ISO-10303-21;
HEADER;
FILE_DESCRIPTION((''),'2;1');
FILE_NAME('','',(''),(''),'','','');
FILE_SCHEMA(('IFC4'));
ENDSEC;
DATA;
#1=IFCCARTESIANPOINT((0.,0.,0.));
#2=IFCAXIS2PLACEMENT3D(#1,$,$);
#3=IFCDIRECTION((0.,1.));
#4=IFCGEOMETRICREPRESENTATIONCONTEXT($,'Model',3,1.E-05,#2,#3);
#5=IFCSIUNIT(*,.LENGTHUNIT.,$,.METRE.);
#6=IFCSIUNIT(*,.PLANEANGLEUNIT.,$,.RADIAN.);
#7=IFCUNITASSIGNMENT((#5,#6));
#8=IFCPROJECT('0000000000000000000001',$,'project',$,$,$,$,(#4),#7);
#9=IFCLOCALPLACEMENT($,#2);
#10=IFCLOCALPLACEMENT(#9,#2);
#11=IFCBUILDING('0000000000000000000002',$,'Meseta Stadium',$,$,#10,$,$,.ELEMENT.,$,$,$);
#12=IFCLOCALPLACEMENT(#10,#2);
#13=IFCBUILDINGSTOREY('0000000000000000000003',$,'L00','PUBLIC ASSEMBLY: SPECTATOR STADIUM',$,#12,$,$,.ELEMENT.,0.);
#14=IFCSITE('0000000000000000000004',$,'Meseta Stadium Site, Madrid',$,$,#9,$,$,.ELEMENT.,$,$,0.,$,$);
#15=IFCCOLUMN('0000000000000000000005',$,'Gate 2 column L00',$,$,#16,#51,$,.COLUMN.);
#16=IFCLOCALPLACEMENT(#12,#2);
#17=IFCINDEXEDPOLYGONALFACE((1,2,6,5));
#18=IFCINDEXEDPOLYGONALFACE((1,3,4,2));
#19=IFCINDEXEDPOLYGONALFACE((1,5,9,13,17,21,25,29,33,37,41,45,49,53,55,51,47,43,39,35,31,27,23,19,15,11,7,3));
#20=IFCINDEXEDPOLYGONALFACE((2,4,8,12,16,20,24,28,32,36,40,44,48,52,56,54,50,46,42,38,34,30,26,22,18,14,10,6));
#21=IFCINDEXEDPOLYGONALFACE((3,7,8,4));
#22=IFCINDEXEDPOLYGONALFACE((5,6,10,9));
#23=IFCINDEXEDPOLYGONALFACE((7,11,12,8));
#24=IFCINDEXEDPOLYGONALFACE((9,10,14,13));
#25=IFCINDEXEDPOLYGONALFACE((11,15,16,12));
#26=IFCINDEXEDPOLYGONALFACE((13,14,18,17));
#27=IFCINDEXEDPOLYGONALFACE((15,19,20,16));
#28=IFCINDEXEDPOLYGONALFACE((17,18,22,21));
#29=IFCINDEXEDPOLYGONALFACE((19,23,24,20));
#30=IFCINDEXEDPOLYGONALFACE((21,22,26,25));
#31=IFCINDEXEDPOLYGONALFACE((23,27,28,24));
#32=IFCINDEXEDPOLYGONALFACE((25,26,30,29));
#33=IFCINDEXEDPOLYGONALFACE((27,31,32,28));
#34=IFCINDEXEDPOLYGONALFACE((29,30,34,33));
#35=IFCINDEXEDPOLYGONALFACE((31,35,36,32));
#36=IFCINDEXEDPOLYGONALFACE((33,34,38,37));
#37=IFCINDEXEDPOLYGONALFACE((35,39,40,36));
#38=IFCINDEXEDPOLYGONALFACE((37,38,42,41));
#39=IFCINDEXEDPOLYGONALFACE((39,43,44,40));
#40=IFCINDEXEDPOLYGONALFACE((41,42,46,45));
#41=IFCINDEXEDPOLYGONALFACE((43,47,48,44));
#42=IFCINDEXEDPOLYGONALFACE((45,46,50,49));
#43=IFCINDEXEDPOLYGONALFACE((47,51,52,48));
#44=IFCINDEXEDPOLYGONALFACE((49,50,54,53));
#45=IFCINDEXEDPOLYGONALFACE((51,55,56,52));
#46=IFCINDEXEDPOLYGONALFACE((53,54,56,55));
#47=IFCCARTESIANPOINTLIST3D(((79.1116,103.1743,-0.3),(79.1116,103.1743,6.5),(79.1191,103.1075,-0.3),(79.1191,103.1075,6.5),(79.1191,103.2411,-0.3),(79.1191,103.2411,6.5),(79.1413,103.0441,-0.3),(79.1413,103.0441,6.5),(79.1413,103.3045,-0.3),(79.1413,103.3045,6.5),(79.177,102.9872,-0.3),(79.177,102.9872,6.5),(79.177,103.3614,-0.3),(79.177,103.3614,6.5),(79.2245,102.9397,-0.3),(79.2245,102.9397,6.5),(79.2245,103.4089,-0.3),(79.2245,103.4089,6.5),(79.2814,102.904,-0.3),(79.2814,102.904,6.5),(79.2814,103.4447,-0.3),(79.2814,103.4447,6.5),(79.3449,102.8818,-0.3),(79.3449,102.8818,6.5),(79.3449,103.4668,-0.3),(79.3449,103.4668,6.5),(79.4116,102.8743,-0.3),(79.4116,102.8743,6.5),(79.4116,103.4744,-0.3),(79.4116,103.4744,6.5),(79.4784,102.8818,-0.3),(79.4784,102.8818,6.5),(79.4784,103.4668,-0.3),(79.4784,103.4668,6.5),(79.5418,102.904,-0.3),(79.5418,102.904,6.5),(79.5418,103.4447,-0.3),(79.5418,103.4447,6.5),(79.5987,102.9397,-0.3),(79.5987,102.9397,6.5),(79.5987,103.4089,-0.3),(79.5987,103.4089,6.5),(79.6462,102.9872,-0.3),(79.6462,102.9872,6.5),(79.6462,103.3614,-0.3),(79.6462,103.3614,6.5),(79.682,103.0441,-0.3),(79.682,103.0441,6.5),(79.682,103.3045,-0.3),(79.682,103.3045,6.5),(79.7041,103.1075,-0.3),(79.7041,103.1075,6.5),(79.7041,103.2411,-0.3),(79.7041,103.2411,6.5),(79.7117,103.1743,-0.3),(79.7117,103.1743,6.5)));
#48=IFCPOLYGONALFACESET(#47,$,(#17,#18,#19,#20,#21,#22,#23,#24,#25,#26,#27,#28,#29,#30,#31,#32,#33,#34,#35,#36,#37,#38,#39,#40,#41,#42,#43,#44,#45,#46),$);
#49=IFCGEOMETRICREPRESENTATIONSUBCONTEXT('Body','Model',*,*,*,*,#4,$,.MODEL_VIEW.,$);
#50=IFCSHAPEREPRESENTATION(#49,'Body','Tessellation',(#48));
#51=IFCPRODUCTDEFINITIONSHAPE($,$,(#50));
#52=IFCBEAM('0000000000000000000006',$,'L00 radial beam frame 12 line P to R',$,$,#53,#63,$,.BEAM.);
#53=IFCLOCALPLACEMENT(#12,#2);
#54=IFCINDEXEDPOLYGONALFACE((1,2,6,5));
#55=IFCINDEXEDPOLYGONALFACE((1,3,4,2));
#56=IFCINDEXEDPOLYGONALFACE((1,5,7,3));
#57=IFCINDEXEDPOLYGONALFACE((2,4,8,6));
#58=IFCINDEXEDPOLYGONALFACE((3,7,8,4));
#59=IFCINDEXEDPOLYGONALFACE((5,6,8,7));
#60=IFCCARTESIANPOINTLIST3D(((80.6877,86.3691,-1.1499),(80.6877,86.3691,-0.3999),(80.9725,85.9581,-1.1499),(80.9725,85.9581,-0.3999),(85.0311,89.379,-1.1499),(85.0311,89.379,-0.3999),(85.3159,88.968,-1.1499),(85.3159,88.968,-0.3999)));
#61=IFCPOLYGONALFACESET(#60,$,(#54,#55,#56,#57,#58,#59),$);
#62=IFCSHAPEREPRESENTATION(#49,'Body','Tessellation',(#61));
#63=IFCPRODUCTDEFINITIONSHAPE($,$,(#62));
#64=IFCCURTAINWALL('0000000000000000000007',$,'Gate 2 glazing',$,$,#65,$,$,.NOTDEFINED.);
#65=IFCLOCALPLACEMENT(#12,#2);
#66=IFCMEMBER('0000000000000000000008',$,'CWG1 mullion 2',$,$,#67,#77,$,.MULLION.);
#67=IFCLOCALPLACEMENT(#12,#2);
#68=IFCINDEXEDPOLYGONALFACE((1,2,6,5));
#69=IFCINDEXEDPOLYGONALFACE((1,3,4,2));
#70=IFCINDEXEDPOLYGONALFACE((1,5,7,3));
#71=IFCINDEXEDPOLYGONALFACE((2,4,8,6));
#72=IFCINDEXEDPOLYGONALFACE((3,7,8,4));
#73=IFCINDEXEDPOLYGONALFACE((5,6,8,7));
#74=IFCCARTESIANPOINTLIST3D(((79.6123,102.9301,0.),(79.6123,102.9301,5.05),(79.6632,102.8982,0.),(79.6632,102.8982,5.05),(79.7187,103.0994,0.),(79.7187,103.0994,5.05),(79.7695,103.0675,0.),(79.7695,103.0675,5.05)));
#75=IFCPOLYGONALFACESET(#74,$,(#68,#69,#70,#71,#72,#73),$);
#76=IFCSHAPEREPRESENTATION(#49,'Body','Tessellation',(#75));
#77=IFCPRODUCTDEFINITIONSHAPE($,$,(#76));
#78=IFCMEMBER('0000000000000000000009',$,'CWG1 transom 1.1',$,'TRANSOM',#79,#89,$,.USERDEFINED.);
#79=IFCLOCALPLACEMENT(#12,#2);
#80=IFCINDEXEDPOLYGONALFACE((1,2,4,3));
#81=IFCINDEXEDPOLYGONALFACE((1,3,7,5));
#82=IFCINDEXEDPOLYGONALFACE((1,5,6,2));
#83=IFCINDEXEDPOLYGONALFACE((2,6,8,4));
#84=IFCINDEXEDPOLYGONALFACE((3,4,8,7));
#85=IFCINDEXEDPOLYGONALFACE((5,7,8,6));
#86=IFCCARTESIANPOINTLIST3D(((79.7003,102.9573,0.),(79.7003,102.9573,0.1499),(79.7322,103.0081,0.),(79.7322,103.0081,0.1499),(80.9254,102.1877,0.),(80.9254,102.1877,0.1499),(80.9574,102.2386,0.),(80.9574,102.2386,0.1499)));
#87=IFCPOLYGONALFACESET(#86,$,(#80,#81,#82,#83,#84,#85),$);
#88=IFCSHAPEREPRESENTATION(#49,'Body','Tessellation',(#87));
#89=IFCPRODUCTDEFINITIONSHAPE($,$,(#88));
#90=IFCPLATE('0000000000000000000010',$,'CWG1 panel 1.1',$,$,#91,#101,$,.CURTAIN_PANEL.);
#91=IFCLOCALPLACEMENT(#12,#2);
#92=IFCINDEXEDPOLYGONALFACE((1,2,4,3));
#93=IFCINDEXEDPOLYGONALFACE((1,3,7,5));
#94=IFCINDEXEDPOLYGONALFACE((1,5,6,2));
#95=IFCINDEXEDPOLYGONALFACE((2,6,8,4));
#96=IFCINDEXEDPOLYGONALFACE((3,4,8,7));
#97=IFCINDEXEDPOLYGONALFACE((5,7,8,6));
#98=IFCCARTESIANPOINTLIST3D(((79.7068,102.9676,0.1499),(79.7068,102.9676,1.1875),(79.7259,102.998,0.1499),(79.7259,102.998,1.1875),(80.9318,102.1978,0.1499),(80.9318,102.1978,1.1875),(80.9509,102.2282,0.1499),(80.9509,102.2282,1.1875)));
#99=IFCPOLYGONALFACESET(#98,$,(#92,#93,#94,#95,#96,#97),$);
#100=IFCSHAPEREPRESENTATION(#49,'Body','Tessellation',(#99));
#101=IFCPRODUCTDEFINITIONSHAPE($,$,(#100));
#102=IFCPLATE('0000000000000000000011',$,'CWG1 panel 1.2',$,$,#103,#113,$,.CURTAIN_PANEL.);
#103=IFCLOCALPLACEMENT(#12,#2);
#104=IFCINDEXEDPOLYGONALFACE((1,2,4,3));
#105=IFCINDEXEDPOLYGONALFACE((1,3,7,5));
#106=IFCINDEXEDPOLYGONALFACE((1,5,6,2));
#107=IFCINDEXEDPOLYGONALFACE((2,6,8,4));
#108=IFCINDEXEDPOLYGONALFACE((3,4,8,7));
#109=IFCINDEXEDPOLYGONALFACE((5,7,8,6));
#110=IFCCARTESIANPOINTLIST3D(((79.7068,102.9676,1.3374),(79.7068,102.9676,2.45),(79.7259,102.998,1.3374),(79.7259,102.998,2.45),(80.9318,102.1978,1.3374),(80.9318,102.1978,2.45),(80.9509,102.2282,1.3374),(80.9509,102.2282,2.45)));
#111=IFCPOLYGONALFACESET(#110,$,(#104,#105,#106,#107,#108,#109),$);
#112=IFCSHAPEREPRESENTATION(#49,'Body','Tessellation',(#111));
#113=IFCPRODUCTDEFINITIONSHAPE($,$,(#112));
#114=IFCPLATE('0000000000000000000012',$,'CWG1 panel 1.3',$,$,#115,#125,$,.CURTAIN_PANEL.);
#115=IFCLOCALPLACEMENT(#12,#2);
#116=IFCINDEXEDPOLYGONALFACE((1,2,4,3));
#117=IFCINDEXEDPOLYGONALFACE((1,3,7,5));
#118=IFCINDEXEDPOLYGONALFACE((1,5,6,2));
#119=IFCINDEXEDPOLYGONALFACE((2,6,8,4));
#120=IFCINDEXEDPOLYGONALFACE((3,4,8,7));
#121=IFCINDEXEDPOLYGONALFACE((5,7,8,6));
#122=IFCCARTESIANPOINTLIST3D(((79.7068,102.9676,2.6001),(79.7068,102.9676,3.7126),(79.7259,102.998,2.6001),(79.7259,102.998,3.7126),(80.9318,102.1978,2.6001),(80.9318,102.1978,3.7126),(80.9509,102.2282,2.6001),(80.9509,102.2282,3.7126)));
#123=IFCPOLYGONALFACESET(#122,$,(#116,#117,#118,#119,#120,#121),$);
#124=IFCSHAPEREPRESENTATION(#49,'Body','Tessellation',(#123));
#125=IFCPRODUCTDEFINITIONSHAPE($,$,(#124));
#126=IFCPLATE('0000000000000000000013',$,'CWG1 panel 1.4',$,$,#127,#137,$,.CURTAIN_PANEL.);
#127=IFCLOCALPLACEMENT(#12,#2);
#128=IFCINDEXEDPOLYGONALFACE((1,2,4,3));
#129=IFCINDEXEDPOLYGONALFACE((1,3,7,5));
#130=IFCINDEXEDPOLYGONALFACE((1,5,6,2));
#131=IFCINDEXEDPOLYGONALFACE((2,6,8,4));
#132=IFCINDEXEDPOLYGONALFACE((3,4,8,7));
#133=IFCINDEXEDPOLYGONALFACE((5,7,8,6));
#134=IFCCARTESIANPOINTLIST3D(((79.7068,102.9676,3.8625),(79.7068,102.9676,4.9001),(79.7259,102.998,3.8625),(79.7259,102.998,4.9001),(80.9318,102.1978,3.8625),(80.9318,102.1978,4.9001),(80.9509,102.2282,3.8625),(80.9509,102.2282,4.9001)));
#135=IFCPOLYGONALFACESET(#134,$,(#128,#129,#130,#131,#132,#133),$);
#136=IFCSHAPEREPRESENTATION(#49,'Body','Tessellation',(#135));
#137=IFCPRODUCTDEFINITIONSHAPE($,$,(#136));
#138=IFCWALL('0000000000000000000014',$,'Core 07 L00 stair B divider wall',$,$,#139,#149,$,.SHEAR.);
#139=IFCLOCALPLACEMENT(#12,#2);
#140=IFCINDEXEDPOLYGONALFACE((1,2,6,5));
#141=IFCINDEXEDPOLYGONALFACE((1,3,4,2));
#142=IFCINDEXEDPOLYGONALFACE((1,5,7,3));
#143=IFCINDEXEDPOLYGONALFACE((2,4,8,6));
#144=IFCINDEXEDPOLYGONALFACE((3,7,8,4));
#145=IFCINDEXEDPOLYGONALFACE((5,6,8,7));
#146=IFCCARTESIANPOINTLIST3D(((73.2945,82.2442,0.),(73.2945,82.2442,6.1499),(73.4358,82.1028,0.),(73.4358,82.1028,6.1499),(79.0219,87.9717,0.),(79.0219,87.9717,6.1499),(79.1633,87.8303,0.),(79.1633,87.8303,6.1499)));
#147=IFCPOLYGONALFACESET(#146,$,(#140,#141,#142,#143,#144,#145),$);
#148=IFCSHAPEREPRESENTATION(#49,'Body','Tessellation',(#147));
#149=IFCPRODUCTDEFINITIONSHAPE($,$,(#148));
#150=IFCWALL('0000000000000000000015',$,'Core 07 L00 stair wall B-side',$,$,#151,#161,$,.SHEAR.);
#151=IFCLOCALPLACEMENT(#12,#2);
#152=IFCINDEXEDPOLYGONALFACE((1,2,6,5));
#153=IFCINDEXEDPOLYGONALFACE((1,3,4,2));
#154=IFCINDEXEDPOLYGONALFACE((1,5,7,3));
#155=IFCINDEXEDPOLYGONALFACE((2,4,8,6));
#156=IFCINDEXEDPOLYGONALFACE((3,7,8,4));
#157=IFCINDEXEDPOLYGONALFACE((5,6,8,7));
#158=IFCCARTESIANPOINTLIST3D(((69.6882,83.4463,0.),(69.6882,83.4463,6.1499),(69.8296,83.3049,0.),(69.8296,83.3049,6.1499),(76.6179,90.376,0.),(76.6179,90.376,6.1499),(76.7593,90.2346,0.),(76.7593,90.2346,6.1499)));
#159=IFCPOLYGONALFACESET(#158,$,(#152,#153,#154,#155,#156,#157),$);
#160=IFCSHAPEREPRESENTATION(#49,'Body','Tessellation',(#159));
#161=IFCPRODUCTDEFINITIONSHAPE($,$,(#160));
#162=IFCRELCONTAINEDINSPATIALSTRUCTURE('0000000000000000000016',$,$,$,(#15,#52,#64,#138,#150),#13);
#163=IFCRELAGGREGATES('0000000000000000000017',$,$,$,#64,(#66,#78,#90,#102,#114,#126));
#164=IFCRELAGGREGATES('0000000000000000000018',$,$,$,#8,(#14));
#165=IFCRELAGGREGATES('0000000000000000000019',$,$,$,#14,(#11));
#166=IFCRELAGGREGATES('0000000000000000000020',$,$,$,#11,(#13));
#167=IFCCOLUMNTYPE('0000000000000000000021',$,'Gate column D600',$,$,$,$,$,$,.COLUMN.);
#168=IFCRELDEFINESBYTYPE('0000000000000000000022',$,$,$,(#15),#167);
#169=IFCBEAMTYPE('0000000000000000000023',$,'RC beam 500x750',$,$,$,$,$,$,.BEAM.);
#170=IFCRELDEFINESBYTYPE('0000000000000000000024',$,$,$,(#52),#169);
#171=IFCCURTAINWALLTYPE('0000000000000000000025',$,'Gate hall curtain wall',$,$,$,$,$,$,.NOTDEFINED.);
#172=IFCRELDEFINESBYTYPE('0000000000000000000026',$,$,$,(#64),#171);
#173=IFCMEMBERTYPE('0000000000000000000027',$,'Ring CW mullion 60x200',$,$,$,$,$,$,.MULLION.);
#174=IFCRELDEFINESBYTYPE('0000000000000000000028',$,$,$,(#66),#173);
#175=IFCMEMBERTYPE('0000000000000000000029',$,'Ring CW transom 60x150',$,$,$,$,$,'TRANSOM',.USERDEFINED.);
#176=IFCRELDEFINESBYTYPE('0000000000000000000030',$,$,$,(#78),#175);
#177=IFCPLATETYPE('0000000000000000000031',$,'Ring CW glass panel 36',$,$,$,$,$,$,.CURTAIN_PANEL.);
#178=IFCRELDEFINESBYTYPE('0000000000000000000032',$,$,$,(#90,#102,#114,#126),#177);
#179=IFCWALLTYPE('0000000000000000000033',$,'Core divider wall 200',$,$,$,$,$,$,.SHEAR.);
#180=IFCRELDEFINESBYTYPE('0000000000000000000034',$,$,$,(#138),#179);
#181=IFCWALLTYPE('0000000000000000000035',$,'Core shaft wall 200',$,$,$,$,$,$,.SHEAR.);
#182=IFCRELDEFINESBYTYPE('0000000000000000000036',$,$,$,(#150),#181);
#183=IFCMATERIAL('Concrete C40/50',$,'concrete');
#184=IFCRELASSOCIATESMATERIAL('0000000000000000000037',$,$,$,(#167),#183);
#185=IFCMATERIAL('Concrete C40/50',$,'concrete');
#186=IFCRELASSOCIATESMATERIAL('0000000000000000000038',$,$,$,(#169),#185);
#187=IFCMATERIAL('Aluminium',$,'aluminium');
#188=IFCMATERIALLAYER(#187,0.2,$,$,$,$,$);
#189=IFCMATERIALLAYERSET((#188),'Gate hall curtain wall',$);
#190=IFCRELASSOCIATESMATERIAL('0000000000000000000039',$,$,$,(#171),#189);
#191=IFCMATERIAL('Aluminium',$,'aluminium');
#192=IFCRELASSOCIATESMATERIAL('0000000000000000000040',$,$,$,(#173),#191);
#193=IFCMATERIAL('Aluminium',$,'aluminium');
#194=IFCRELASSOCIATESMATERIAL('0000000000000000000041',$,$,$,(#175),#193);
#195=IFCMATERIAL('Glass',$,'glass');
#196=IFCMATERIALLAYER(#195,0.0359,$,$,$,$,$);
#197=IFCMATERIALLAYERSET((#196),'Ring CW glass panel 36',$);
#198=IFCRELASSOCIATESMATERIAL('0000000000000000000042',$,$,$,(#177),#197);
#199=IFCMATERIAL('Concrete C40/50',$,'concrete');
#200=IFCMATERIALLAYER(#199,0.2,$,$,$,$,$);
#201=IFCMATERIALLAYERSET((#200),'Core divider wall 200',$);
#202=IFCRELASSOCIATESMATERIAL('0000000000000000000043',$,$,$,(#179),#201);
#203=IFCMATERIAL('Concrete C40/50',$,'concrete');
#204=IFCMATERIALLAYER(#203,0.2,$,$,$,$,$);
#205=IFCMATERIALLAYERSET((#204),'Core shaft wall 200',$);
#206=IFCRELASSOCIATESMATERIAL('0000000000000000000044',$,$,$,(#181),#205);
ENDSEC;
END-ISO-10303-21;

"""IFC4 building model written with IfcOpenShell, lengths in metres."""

from ifc_helpers import new_model, si_unit, direction, frame, frame_2d, origin, origin_2d, place, context, subcontext, project, spatial, rectangle, circle, extrude, material, layer, layer_set, material_profile, profile_set, type_object, element, aggregate, save


model = new_model("IFC4")

# Units and contexts
model_context = context("Model", 3, precision=1e-05, world=origin(), true_north=direction((0.0, 1.0)))
body_context = subcontext(model_context, "Body", "Model", "MODEL_VIEW")
ifc_project = project(units=[si_unit("LENGTHUNIT", "METRE"), si_unit("PLANEANGLEUNIT", "RADIAN")], contexts=[model_context])

# Site, building, storey
site_placement = place(None, origin())
site = spatial("IfcSite", under=ifc_project, at=site_placement, Name="Meseta Stadium Site, Madrid", CompositionType="ELEMENT", RefElevation=0.0)
building_placement = place(site_placement, origin())
building = spatial("IfcBuilding", under=site, at=building_placement, Name="Meseta Stadium", CompositionType="ELEMENT")
storey_placement = place(building_placement, origin())
storey = spatial("IfcBuildingStorey", under=building, at=storey_placement, Name="L00", Description="PUBLIC ASSEMBLY: SPECTATOR STADIUM", CompositionType="ELEMENT", Elevation=0.0)

# Column
ifc_material_1 = material(Name="Concrete C40/50", Category="concrete")
ifc_material_profile_1 = material_profile(ifc_material_1, circle(Radius=0.3, at=origin_2d()), Name="RC D600")
ifc_profile_set_1 = profile_set([ifc_material_profile_1], Name="Concrete C40/50")
column_type = type_object("IfcColumnType", Name="Gate column D600", PredefinedType="COLUMN", material=ifc_profile_set_1)
for number, where, z_axis, x_axis, name in (
    (1, (79.4116, 103.1743, -0.3), (0.0, 0.0, 1.0), (1.0, 0.0, 0.0), "Gate 2 column L00"),
):
    element("IfcColumn", number, at=place(storey_placement, frame(where, z_axis=z_axis, x_axis=x_axis)), inside=storey, type_object=column_type, Name=name, PredefinedType="COLUMN", context=body_context, shape_type="SweptSolid", body=[
        extrude(circle(Radius=0.3, at=origin_2d()), origin(), (0.0, 0.0, 1.0), 6.8),
    ])

# Beam
ifc_material_2 = material(Name="Concrete C40/50", Category="concrete")
ifc_material_profile_2 = material_profile(ifc_material_2, rectangle(XDim=0.5, YDim=0.75, at=origin_2d()), Name="RC 500x750")
ifc_profile_set_2 = profile_set([ifc_material_profile_2], Name="Concrete C40/50")
beam_type = type_object("IfcBeamType", Name="RC beam 500x750", PredefinedType="BEAM", material=ifc_profile_set_2)
beam_placement = place(storey_placement, frame((80.8301, 86.1636, -0.7749), z_axis=(0.821929, 0.569589, 0.0), x_axis=(-0.569589, 0.821929, 0.0)))
element("IfcBeam", 2, at=beam_placement, inside=storey, type_object=beam_type, Name="L00 radial beam frame 12 line P to R", PredefinedType="BEAM", context=body_context, shape_type="SweptSolid", body=[
    extrude(rectangle(XDim=0.5, YDim=0.75, at=origin_2d()), origin(), (0.0, 0.0, 1.0), 5.2844),
])

# Curtain wall, members, plates
ifc_material_3 = material(Name="Aluminium", Category="aluminium")
ifc_layer_1 = layer(ifc_material_3, 0.2)
ifc_layer_set_1 = layer_set([ifc_layer_1], Name="Gate hall curtain wall")
curtain_wall_type = type_object("IfcCurtainWallType", Name="Gate hall curtain wall", PredefinedType="NOTDEFINED", material=ifc_layer_set_1)
curtain_wall_placement = place(storey_placement, origin())
curtain_wall = element("IfcCurtainWall", 3, at=curtain_wall_placement, inside=storey, type_object=curtain_wall_type, Name="Gate 2 glazing", PredefinedType="NOTDEFINED")
ifc_material_4 = material(Name="Aluminium", Category="aluminium")
ifc_material_profile_3 = material_profile(ifc_material_4, rectangle(XDim=0.2, YDim=0.0601, at=origin_2d()), Name="CW 200x60")
ifc_profile_set_3 = profile_set([ifc_material_profile_3], Name="Aluminium")
member_type_1 = type_object("IfcMemberType", Name="Ring CW mullion 60x200", PredefinedType="MULLION", material=ifc_profile_set_3)
member_1_placement = place(storey_placement, frame((79.6909, 102.9988, 0.0), z_axis=(0.0, 0.0, 1.0), x_axis=(-0.532023, -0.84673, 0.0)))
member_1 = element("IfcMember", 4, at=member_1_placement, type_object=member_type_1, Name="CWG1 mullion 2", PredefinedType="MULLION", context=body_context, shape_type="SweptSolid", body=[
    extrude(rectangle(XDim=0.2, YDim=0.0601, at=origin_2d()), origin(), (0.0, 0.0, 1.0), 5.05),
])
ifc_material_5 = material(Name="Aluminium", Category="aluminium")
ifc_material_profile_4 = material_profile(ifc_material_5, rectangle(XDim=0.0601, YDim=0.1499, at=origin_2d()), Name="CW 60x150")
ifc_profile_set_4 = profile_set([ifc_material_profile_4], Name="Aluminium")
member_type_2 = type_object("IfcMemberType", Name="Ring CW transom 60x150", ElementType="TRANSOM", PredefinedType="USERDEFINED", material=ifc_profile_set_4)
member_2_placement = place(storey_placement, frame((80.9414, 102.2131, 0.075), z_axis=(-0.846802, 0.531909, 0.0), x_axis=(-0.531909, -0.846802, 0.0)))
member_2 = element("IfcMember", 5, at=member_2_placement, type_object=member_type_2, Name="CWG1 transom 1.1", ObjectType="TRANSOM", PredefinedType="USERDEFINED", context=body_context, shape_type="SweptSolid", body=[
    extrude(rectangle(XDim=0.0601, YDim=0.1499, at=origin_2d()), origin(), (0.0, 0.0, 1.0), 1.4468),
])
ifc_material_6 = material(Name="Glass", Category="glass")
ifc_layer_2 = layer(ifc_material_6, 0.0359)
ifc_layer_set_2 = layer_set([ifc_layer_2], Name="Ring CW glass panel 36")
plate_type = type_object("IfcPlateType", Name="Ring CW glass panel 36", PredefinedType="CURTAIN_PANEL", material=ifc_layer_set_2)
plate_1_placement = place(storey_placement, frame((80.3289, 102.5979, 0.1499), z_axis=(0.0, 0.0, 1.0), x_axis=(-0.84673, 0.532023, 0.0)))
plate_1 = element("IfcPlate", 6, at=plate_1_placement, type_object=plate_type, Name="CWG1 panel 1.1", PredefinedType="CURTAIN_PANEL", context=body_context, shape_type="SweptSolid", body=[
    extrude(rectangle(XDim=1.4468, YDim=0.0359, at=origin_2d()), origin(), (0.0, 0.0, 1.0), 1.0376),
])
plate_2_placement = place(storey_placement, frame((80.3289, 102.5979, 1.3374), z_axis=(0.0, 0.0, 1.0), x_axis=(-0.84673, 0.532023, 0.0)))
plate_2 = element("IfcPlate", 7, at=plate_2_placement, type_object=plate_type, Name="CWG1 panel 1.2", PredefinedType="CURTAIN_PANEL", context=body_context, shape_type="SweptSolid", body=[
    extrude(rectangle(XDim=1.4468, YDim=0.0359, at=origin_2d()), origin(), (0.0, 0.0, 1.0), 1.1125),
])
plate_3_placement = place(storey_placement, frame((80.3289, 102.5979, 2.6001), z_axis=(0.0, 0.0, 1.0), x_axis=(-0.84673, 0.532023, 0.0)))
plate_3 = element("IfcPlate", 8, at=plate_3_placement, type_object=plate_type, Name="CWG1 panel 1.3", PredefinedType="CURTAIN_PANEL", context=body_context, shape_type="SweptSolid", body=[
    extrude(rectangle(XDim=1.4468, YDim=0.0359, at=origin_2d()), origin(), (0.0, 0.0, 1.0), 1.1125),
])
plate_4_placement = place(storey_placement, frame((80.3289, 102.5979, 3.8625), z_axis=(0.0, 0.0, 1.0), x_axis=(-0.84673, 0.532023, 0.0)))
plate_4 = element("IfcPlate", 9, at=plate_4_placement, type_object=plate_type, Name="CWG1 panel 1.4", PredefinedType="CURTAIN_PANEL", context=body_context, shape_type="SweptSolid", body=[
    extrude(rectangle(XDim=1.4468, YDim=0.0359, at=origin_2d()), origin(), (0.0, 0.0, 1.0), 1.0376),
])
aggregate(curtain_wall, [member_1, member_2, plate_1, plate_2, plate_3, plate_4])

# Walls
ifc_material_7 = material(Name="Concrete C40/50", Category="concrete")
ifc_layer_3 = layer(ifc_material_7, 0.2)
ifc_layer_set_3 = layer_set([ifc_layer_3], Name="Core divider wall 200")
wall_type_1 = type_object("IfcWallType", Name="Core divider wall 200", PredefinedType="SHEAR", material=ifc_layer_set_3)
wall_1_placement = place(storey_placement, frame((79.0925, 87.9009, 0.0), z_axis=(0.0, 0.0, 1.0), x_axis=(-0.707107, -0.707107, 0.0)))
element("IfcWall", 10, at=wall_1_placement, inside=storey, type_object=wall_type_1, Name="Core 07 L00 stair B divider wall", PredefinedType="SHEAR", context=body_context, shape_type="SweptSolid", body=[
    extrude(rectangle(XDim=8.0999, YDim=0.2, at=frame_2d((4.0498, 0.0))), origin(), (0.0, 0.0, 1.0), 6.1499),
])
ifc_material_8 = material(Name="Concrete C40/50", Category="concrete")
ifc_layer_4 = layer(ifc_material_8, 0.2)
ifc_layer_set_4 = layer_set([ifc_layer_4], Name="Core shaft wall 200")
wall_type_2 = type_object("IfcWallType", Name="Core shaft wall 200", PredefinedType="SHEAR", material=ifc_layer_set_4)
wall_2_placement = place(storey_placement, frame((76.6885, 90.3052, 0.0), z_axis=(0.0, 0.0, 1.0), x_axis=(-0.707107, -0.707107, 0.0)))
element("IfcWall", 11, at=wall_2_placement, inside=storey, type_object=wall_type_2, Name="Core 07 L00 stair wall B-side", PredefinedType="SHEAR", context=body_context, shape_type="SweptSolid", body=[
    extrude(rectangle(XDim=9.8, YDim=0.2, at=frame_2d((4.8999, 0.0))), origin(), (0.0, 0.0, 1.0), 6.1499),
])

save(model, "model.ifc")
